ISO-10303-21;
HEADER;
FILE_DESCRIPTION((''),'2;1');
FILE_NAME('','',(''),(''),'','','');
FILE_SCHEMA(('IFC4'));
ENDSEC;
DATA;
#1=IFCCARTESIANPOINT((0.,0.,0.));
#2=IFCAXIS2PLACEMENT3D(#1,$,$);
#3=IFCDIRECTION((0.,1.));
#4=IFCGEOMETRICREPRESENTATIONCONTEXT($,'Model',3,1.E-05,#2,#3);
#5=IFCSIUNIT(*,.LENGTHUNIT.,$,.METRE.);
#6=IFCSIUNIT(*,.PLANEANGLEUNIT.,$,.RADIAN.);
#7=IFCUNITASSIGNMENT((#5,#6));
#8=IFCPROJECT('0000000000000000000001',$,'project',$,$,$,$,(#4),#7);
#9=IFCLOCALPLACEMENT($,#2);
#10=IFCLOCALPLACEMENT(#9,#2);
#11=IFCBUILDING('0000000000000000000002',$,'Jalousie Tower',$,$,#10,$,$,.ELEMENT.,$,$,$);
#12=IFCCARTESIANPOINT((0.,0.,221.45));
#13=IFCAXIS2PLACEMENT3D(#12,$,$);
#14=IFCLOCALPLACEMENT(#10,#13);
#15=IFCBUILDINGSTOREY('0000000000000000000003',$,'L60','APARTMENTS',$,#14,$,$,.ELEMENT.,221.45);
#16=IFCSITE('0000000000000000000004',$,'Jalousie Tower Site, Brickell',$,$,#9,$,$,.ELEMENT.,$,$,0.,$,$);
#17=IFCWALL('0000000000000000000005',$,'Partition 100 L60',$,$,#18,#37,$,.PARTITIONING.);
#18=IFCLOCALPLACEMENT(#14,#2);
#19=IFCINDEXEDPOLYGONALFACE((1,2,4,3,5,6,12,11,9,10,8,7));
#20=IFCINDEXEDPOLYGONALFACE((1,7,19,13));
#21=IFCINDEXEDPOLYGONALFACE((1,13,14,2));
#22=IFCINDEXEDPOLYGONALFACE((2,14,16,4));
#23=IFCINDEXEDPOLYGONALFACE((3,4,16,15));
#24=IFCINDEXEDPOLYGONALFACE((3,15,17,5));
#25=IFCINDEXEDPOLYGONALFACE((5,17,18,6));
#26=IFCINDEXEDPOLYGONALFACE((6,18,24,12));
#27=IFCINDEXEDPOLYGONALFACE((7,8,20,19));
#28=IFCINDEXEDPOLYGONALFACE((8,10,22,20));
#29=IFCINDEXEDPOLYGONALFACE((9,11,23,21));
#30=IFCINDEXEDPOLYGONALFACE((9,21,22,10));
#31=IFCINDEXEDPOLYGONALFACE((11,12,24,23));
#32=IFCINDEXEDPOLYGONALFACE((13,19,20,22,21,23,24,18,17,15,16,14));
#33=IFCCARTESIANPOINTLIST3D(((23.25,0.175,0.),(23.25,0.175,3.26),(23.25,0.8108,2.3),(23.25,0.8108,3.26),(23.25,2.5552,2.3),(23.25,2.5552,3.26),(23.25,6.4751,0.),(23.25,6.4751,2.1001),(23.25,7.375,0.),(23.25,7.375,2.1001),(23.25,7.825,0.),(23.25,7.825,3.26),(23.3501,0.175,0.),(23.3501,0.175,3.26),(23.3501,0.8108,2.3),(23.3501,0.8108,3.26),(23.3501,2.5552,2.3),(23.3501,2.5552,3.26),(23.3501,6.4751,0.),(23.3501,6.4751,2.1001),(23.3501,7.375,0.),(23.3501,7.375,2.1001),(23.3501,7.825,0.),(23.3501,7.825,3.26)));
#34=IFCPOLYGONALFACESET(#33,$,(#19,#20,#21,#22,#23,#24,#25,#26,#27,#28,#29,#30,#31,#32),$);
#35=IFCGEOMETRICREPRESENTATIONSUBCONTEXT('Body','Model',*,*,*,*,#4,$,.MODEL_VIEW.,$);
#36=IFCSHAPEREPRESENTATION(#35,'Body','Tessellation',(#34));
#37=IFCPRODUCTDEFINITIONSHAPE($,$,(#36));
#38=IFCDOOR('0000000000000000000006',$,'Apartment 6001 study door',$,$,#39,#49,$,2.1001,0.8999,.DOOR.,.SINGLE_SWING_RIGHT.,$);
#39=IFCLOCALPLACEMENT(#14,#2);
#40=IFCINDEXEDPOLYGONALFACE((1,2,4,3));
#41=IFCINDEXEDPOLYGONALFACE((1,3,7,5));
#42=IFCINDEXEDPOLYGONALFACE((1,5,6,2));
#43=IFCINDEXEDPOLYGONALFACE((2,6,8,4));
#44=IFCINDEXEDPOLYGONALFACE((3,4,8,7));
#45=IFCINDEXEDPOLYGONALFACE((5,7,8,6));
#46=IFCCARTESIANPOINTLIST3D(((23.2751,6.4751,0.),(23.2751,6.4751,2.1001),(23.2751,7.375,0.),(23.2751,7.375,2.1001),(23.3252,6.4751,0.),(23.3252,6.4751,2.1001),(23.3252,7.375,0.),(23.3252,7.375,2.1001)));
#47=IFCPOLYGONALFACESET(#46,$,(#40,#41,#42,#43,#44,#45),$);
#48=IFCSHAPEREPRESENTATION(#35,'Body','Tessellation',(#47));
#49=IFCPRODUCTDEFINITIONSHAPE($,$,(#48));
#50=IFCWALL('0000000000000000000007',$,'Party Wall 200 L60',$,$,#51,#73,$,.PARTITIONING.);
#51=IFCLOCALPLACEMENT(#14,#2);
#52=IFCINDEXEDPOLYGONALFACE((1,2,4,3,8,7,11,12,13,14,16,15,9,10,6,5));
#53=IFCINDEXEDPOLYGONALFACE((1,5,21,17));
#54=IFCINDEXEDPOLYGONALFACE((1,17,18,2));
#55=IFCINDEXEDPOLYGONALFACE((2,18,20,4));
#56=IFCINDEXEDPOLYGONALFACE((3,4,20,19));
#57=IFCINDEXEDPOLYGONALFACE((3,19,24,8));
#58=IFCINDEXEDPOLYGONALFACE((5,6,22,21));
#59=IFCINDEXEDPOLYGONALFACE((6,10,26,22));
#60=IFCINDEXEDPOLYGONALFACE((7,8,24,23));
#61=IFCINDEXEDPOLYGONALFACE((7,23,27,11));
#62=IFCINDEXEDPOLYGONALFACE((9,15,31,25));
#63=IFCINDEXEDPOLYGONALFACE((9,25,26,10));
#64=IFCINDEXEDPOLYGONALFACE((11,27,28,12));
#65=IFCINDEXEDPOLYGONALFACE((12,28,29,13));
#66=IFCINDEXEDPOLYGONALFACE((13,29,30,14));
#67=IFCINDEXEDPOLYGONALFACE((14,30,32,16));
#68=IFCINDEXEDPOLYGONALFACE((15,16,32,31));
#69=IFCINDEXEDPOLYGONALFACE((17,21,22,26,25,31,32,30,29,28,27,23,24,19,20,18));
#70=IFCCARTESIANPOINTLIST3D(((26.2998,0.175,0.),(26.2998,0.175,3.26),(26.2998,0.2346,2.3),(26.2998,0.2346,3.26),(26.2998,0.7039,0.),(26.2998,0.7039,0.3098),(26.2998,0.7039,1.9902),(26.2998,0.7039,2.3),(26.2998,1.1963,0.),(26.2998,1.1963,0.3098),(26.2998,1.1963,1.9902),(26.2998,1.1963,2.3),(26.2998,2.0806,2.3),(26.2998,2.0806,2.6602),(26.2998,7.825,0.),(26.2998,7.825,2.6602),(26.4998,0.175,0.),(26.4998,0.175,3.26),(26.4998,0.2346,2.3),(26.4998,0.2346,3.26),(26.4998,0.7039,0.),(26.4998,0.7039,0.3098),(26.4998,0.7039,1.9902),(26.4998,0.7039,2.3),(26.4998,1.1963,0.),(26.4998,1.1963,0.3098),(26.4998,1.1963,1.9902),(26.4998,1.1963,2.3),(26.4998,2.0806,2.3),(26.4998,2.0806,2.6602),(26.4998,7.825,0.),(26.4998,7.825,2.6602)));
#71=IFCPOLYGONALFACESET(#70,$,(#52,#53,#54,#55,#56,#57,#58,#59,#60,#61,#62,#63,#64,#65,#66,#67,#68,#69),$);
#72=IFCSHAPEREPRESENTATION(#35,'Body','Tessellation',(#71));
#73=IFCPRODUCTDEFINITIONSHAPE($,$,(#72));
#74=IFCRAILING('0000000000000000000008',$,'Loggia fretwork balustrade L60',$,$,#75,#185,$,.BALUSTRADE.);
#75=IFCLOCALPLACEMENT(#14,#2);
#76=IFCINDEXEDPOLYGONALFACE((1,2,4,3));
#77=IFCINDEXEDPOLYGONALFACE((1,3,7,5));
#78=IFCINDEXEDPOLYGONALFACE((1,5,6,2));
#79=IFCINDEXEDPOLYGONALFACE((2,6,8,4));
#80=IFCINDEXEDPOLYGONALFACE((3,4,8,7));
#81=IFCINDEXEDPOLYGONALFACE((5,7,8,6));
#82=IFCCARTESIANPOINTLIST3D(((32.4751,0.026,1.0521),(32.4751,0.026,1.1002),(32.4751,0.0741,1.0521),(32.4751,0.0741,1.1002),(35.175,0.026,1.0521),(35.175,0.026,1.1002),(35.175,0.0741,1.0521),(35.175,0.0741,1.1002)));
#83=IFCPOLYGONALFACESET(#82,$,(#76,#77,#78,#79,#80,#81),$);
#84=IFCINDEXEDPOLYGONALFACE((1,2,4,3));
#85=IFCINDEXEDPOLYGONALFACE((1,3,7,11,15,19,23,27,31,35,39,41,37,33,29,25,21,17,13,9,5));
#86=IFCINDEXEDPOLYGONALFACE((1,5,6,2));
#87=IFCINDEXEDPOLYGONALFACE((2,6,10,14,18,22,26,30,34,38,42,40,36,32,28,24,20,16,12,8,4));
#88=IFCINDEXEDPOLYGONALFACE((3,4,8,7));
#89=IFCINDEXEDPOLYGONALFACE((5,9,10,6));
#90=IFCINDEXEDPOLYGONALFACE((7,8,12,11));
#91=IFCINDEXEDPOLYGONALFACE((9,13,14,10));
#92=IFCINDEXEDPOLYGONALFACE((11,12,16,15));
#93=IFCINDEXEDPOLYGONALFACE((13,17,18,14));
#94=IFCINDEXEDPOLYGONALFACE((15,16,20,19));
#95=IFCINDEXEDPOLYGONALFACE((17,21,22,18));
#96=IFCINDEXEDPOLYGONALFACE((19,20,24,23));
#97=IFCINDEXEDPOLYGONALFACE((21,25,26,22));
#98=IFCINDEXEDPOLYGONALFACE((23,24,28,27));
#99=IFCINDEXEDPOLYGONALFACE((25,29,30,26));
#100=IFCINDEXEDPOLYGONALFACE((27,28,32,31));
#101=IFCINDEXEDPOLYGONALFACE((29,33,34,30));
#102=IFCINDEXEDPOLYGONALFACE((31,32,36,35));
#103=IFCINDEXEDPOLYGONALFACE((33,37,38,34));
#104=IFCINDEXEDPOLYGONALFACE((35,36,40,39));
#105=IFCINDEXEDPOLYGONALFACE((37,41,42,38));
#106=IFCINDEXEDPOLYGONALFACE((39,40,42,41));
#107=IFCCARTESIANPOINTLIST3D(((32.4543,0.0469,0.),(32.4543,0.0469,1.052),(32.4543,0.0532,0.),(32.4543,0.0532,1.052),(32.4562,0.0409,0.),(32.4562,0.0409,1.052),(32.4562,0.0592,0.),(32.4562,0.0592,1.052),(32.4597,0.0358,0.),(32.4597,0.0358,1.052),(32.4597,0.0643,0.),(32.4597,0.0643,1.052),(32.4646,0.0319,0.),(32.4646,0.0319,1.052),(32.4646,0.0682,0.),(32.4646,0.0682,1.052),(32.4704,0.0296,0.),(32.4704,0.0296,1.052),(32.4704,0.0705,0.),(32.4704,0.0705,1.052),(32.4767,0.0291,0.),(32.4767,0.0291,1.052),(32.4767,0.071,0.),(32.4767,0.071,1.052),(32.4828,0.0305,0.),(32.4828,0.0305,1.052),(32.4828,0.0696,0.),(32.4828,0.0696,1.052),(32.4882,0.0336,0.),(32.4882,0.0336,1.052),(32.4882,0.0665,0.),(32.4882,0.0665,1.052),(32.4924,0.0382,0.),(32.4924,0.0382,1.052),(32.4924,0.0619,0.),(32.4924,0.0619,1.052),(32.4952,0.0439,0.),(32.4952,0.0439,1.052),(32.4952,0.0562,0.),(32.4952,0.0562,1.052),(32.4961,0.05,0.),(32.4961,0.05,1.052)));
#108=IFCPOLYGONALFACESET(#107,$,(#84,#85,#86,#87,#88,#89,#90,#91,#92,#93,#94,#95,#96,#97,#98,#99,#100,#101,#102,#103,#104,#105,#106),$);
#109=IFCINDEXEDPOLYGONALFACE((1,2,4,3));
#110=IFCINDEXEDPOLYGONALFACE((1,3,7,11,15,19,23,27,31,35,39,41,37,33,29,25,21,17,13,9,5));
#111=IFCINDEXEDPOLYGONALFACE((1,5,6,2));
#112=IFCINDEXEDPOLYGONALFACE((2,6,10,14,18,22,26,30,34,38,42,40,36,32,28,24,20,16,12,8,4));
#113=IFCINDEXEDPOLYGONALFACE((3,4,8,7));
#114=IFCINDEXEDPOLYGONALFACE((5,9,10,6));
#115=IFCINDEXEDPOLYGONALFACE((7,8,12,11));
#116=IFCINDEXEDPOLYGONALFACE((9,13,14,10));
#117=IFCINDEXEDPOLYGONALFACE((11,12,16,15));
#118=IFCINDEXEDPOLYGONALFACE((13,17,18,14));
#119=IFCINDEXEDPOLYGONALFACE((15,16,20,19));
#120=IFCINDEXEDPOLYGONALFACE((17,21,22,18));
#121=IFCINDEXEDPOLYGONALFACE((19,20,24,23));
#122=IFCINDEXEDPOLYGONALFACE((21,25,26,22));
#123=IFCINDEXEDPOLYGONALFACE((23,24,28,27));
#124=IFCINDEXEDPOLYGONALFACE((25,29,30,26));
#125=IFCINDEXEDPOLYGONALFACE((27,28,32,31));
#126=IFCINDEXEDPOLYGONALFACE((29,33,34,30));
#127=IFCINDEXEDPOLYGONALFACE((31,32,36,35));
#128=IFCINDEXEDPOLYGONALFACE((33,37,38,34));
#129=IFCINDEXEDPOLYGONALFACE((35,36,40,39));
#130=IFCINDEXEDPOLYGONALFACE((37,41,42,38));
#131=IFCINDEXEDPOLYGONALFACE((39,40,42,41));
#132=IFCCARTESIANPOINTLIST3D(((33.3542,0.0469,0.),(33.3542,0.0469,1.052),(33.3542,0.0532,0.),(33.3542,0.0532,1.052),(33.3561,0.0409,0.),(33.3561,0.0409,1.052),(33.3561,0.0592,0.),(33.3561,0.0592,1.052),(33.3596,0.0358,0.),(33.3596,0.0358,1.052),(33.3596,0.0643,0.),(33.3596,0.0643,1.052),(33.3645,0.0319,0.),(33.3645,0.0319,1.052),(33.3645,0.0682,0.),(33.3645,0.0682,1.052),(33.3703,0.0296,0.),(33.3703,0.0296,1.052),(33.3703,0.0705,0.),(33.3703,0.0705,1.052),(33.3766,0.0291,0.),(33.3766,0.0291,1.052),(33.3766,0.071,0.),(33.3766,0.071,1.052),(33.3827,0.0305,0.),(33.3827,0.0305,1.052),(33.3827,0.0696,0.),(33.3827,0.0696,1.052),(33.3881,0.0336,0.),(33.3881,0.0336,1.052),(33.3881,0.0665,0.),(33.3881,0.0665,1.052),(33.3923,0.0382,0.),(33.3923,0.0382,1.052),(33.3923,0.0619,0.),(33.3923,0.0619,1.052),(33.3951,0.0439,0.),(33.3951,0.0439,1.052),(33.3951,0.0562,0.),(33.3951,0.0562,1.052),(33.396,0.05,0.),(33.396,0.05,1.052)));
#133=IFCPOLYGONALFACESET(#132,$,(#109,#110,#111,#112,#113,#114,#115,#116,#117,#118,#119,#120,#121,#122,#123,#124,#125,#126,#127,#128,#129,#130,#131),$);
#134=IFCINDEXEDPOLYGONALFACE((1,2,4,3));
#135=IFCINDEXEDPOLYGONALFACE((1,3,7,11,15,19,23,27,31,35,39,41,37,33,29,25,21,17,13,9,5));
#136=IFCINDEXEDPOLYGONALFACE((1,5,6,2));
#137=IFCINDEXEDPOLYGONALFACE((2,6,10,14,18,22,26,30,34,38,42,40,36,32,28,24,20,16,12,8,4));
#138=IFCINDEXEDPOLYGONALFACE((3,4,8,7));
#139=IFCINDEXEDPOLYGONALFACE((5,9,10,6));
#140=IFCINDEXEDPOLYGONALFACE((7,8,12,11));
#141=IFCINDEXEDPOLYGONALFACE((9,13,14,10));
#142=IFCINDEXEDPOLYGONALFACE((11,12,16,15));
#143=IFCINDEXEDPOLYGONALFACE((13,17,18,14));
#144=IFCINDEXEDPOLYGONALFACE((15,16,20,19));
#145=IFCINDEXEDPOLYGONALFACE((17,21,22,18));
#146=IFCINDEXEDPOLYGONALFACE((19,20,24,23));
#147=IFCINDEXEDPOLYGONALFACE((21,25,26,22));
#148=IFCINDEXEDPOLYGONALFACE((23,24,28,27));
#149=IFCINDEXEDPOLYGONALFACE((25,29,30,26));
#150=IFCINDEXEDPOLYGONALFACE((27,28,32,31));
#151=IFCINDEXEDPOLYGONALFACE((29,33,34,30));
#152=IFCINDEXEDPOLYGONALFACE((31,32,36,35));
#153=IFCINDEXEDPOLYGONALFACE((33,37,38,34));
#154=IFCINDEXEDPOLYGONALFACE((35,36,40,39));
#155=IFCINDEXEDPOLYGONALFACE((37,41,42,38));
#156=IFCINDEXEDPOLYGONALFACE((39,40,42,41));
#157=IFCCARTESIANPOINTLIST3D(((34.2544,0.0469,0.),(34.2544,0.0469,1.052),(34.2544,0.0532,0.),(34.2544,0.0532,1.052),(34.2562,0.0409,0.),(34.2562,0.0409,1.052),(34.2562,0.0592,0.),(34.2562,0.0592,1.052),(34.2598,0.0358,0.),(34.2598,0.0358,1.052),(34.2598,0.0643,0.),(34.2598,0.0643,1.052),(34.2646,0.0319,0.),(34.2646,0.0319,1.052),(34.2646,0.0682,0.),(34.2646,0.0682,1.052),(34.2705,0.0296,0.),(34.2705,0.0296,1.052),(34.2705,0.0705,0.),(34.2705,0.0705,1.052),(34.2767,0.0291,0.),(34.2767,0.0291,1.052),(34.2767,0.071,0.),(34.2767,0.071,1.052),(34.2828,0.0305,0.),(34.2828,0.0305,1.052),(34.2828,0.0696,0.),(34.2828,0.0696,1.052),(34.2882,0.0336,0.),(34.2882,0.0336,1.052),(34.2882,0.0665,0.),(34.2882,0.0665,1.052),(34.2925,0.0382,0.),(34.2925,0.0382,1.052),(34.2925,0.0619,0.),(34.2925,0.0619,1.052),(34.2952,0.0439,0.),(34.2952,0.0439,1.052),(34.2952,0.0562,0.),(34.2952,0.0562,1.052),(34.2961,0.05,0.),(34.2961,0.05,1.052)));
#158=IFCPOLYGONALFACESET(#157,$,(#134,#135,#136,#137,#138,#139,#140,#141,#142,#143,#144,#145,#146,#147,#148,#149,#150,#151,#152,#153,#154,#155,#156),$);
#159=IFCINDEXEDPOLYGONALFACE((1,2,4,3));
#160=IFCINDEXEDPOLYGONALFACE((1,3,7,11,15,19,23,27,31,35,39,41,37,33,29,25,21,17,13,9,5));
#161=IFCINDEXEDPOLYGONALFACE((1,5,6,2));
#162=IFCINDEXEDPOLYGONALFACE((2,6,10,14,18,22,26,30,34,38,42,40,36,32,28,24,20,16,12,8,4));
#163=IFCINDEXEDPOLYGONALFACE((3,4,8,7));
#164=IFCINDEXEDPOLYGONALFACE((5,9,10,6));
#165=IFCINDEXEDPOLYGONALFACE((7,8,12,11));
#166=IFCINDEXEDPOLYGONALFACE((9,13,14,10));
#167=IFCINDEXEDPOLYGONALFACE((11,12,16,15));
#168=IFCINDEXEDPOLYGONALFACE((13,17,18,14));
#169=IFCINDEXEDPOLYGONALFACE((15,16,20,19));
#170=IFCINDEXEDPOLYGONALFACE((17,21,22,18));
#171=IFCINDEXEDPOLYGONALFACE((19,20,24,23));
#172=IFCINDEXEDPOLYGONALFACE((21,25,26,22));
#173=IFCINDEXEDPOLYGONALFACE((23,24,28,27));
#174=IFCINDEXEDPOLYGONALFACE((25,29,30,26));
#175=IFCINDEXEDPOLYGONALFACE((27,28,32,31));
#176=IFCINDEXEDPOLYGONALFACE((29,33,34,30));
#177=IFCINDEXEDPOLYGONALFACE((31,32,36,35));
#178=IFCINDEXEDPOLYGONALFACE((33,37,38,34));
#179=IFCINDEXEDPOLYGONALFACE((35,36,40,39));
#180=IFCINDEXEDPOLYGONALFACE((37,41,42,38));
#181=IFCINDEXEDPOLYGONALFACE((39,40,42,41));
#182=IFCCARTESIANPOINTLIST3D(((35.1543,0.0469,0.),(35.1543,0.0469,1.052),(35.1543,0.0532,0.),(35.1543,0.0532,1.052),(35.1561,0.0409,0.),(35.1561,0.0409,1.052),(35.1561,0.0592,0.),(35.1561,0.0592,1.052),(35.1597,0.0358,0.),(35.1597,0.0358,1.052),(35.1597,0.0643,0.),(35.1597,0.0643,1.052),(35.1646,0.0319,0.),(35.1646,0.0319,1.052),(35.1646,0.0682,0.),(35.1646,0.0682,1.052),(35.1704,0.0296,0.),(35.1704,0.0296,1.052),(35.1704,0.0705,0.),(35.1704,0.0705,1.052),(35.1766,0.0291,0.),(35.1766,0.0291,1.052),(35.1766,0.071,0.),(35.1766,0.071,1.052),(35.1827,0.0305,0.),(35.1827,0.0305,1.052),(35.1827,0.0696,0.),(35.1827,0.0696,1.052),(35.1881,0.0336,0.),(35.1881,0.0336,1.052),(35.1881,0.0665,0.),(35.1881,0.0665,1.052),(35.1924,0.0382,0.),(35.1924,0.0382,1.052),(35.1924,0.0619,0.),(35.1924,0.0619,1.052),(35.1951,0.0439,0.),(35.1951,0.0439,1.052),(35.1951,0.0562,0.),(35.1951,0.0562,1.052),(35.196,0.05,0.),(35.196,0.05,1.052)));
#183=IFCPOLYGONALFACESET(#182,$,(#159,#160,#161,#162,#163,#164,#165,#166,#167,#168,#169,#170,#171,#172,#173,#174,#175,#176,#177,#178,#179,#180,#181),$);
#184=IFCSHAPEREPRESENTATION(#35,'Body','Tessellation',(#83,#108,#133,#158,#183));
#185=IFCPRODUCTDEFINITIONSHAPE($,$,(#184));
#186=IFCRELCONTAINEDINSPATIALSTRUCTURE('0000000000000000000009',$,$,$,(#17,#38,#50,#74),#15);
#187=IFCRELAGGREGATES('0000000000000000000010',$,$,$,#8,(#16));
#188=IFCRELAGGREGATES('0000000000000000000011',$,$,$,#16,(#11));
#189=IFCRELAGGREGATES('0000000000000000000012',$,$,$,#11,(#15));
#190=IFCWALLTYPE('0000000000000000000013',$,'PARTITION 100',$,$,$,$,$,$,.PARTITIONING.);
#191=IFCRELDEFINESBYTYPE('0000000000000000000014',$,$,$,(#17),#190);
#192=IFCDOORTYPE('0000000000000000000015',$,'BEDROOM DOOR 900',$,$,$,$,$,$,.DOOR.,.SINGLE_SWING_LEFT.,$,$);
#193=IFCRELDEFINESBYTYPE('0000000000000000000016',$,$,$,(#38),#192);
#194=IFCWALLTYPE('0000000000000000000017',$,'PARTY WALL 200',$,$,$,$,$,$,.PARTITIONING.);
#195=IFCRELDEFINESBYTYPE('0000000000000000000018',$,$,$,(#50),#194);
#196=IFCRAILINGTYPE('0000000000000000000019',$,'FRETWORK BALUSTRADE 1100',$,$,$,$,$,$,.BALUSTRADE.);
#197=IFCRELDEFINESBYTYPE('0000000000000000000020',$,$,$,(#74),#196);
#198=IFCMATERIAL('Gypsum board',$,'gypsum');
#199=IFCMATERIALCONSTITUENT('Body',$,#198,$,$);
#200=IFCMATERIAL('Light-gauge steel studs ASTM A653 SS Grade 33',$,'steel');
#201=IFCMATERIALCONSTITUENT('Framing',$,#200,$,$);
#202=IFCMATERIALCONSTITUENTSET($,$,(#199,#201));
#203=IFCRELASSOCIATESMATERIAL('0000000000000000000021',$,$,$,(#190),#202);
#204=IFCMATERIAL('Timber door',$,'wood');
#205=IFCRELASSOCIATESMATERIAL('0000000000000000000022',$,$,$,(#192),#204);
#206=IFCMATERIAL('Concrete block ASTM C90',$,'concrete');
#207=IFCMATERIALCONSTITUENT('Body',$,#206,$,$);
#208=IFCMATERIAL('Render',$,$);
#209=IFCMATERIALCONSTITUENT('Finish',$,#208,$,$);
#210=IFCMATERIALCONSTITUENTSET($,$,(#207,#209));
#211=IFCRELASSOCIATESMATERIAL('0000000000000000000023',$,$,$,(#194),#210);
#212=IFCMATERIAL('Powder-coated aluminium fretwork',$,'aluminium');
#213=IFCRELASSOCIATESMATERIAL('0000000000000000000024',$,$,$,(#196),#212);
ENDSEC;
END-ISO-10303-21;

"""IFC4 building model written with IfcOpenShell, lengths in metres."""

from ifc_helpers import new_model, si_unit, direction, frame, frame_2d, origin, origin_2d, place, context, subcontext, project, spatial, polyline, rectangle, circle, outline, extrude, material, constituent, constituent_set, type_object, element, fill, save


model = new_model("IFC4")

# Units and contexts
model_context = context("Model", 3, precision=1e-05, world=origin(), true_north=direction((0.0, 1.0)))
body_context = subcontext(model_context, "Body", "Model", "MODEL_VIEW")
ifc_project = project(units=[si_unit("LENGTHUNIT", "METRE"), si_unit("PLANEANGLEUNIT", "RADIAN")], contexts=[model_context])

# Site, building, storey
site_placement = place(None, origin())
site = spatial("IfcSite", under=ifc_project, at=site_placement, Name="Jalousie Tower Site, Brickell", CompositionType="ELEMENT", RefElevation=0.0)
building_placement = place(site_placement, origin())
building = spatial("IfcBuilding", under=site, at=building_placement, Name="Jalousie Tower", CompositionType="ELEMENT")
storey_placement = place(building_placement, frame((0.0, 0.0, 221.45)))
storey = spatial("IfcBuildingStorey", under=building, at=storey_placement, Name="L60", Description="APARTMENTS", CompositionType="ELEMENT", Elevation=221.45)

# Wall, opening, door
ifc_material_1 = material(Name="Gypsum board", Category="gypsum")
ifc_constituent_1 = constituent(ifc_material_1, Name="Body")
ifc_material_2 = material(Name="Light-gauge steel studs ASTM A653 SS Grade 33", Category="steel")
ifc_constituent_2 = constituent(ifc_material_2, Name="Framing")
ifc_constituent_set_1 = constituent_set(constituents=[ifc_constituent_1, ifc_constituent_2])
wall_type_1 = type_object("IfcWallType", Name="PARTITION 100", PredefinedType="PARTITIONING", material=ifc_constituent_set_1)
wall_1_placement = place(storey_placement, frame((23.3, 0.175, 0.0), z_axis=(0.0, 0.0, 1.0), x_axis=(0.0, 1.0, 0.0)))
wall_1 = element("IfcWall", 1, at=wall_1_placement, inside=storey, type_object=wall_type_1, Name="Partition 100 L60", PredefinedType="PARTITIONING", context=body_context, shape_type="SweptSolid", body=[
    extrude(outline(polyline([(0.0, 0.0), (7.6499, 0.0), (7.6499, 3.26), (2.3801, 3.26), (2.3801, 2.3), (0.6357, 2.3), (0.6357, 3.26), (0.0, 3.26), (0.0, 0.0)])), frame((0.0, 0.05, 0.0), z_axis=(0.0, -1.0, 0.0), x_axis=(1.0, 0.0, 0.0)), (0.0, 0.0, 1.0), 0.1001),
])
opening_1_placement = place(wall_1_placement, frame((6.3, 0.0, 0.0)))
opening_1 = element("IfcOpeningElement", 2, at=opening_1_placement, cuts=wall_1, PredefinedType="OPENING", context=body_context, shape_type="SweptSolid", body=[
    extrude(rectangle(XDim=0.8999, YDim=2.1001, at=frame_2d((0.45, 1.05))), frame((0.0, 0.0601, 0.0), z_axis=(0.0, -1.0, 0.0), x_axis=(1.0, 0.0, 0.0)), (0.0, 0.0, 1.0), 0.1201),
])
ifc_material_3 = material(Name="Timber door", Category="wood")
door_type = type_object("IfcDoorType", Name="BEDROOM DOOR 900", OperationType="SINGLE_SWING_LEFT", PredefinedType="DOOR", material=ifc_material_3)
door_placement = place(opening_1_placement, origin())
door = element("IfcDoor", 3, at=door_placement, inside=storey, type_object=door_type, Name="Apartment 6001 study door", OperationType="SINGLE_SWING_RIGHT", OverallHeight=2.1001, OverallWidth=0.8999, PredefinedType="DOOR", context=body_context, shape_type="SweptSolid", body=[
    extrude(rectangle(XDim=0.8999, YDim=2.1001, at=frame_2d((0.45, 1.05))), frame((0.0, 0.0249, 0.0), z_axis=(0.0, -1.0, 0.0), x_axis=(1.0, 0.0, 0.0)), (0.0, 0.0, 1.0), 0.05),
])
fill(opening_1, door)

# Wall
ifc_material_4 = material(Name="Concrete block ASTM C90", Category="concrete")
ifc_constituent_3 = constituent(ifc_material_4, Name="Body")
ifc_material_5 = material(Name="Render")
ifc_constituent_4 = constituent(ifc_material_5, Name="Finish")
ifc_constituent_set_2 = constituent_set(constituents=[ifc_constituent_3, ifc_constituent_4])
wall_type_2 = type_object("IfcWallType", Name="PARTY WALL 200", PredefinedType="PARTITIONING", material=ifc_constituent_set_2)
wall_2_placement = place(storey_placement, frame((26.3999, 0.175, 0.0), z_axis=(0.0, 0.0, 1.0), x_axis=(0.0, 1.0, 0.0)))
element("IfcWall", 4, at=wall_2_placement, inside=storey, type_object=wall_type_2, Name="Party Wall 200 L60", PredefinedType="PARTITIONING", context=body_context, shape_type="SweptSolid", body=[
    extrude(outline(polyline([(0.0596, 3.26), (0.0, 3.26), (0.0, 0.0), (0.5288, 0.0), (0.5288, 0.3098), (1.0212, 0.3098), (1.0212, 0.0), (7.6499, 0.0), (7.6499, 2.6602), (1.9055, 2.6602), (1.9055, 2.3), (1.0212, 2.3), (1.0212, 1.9902), (0.5288, 1.9902), (0.5288, 2.3), (0.0596, 2.3), (0.0596, 3.26)])), frame((0.0, 0.1001, 0.0), z_axis=(0.0, -1.0, 0.0), x_axis=(1.0, 0.0, 0.0)), (0.0, 0.0, 1.0), 0.2),
])

# Railing
ifc_material_6 = material(Name="Powder-coated aluminium fretwork", Category="aluminium")
railing_type = type_object("IfcRailingType", Name="FRETWORK BALUSTRADE 1100", PredefinedType="BALUSTRADE", material=ifc_material_6)
railing_placement = place(storey_placement, frame((32.4751, 0.05, 0.0)))
element("IfcRailing", 5, at=railing_placement, inside=storey, type_object=railing_type, Name="Loggia fretwork balustrade L60", PredefinedType="BALUSTRADE", context=body_context, shape_type="SweptSolid", body=[
    extrude(rectangle(XDim=0.0481, YDim=0.0481, at=origin_2d()), frame((0.0, 0.0, 1.0762), z_axis=(1.0, 0.0, 0.0), x_axis=(0.0, 1.0, 0.0)), (0.0, 0.0, 1.0), 2.7),
    extrude(circle(Radius=0.021, at=origin_2d()), origin(), (0.0, 0.0, 1.0), 1.052),
    extrude(circle(Radius=0.021, at=origin_2d()), frame((0.8999, 0.0, 0.0)), (0.0, 0.0, 1.0), 1.052),
    extrude(circle(Radius=0.021, at=origin_2d()), frame((1.8, 0.0, 0.0)), (0.0, 0.0, 1.0), 1.052),
    extrude(circle(Radius=0.021, at=origin_2d()), frame((2.7, 0.0, 0.0)), (0.0, 0.0, 1.0), 1.052),
])

save(model, "model.ifc")
